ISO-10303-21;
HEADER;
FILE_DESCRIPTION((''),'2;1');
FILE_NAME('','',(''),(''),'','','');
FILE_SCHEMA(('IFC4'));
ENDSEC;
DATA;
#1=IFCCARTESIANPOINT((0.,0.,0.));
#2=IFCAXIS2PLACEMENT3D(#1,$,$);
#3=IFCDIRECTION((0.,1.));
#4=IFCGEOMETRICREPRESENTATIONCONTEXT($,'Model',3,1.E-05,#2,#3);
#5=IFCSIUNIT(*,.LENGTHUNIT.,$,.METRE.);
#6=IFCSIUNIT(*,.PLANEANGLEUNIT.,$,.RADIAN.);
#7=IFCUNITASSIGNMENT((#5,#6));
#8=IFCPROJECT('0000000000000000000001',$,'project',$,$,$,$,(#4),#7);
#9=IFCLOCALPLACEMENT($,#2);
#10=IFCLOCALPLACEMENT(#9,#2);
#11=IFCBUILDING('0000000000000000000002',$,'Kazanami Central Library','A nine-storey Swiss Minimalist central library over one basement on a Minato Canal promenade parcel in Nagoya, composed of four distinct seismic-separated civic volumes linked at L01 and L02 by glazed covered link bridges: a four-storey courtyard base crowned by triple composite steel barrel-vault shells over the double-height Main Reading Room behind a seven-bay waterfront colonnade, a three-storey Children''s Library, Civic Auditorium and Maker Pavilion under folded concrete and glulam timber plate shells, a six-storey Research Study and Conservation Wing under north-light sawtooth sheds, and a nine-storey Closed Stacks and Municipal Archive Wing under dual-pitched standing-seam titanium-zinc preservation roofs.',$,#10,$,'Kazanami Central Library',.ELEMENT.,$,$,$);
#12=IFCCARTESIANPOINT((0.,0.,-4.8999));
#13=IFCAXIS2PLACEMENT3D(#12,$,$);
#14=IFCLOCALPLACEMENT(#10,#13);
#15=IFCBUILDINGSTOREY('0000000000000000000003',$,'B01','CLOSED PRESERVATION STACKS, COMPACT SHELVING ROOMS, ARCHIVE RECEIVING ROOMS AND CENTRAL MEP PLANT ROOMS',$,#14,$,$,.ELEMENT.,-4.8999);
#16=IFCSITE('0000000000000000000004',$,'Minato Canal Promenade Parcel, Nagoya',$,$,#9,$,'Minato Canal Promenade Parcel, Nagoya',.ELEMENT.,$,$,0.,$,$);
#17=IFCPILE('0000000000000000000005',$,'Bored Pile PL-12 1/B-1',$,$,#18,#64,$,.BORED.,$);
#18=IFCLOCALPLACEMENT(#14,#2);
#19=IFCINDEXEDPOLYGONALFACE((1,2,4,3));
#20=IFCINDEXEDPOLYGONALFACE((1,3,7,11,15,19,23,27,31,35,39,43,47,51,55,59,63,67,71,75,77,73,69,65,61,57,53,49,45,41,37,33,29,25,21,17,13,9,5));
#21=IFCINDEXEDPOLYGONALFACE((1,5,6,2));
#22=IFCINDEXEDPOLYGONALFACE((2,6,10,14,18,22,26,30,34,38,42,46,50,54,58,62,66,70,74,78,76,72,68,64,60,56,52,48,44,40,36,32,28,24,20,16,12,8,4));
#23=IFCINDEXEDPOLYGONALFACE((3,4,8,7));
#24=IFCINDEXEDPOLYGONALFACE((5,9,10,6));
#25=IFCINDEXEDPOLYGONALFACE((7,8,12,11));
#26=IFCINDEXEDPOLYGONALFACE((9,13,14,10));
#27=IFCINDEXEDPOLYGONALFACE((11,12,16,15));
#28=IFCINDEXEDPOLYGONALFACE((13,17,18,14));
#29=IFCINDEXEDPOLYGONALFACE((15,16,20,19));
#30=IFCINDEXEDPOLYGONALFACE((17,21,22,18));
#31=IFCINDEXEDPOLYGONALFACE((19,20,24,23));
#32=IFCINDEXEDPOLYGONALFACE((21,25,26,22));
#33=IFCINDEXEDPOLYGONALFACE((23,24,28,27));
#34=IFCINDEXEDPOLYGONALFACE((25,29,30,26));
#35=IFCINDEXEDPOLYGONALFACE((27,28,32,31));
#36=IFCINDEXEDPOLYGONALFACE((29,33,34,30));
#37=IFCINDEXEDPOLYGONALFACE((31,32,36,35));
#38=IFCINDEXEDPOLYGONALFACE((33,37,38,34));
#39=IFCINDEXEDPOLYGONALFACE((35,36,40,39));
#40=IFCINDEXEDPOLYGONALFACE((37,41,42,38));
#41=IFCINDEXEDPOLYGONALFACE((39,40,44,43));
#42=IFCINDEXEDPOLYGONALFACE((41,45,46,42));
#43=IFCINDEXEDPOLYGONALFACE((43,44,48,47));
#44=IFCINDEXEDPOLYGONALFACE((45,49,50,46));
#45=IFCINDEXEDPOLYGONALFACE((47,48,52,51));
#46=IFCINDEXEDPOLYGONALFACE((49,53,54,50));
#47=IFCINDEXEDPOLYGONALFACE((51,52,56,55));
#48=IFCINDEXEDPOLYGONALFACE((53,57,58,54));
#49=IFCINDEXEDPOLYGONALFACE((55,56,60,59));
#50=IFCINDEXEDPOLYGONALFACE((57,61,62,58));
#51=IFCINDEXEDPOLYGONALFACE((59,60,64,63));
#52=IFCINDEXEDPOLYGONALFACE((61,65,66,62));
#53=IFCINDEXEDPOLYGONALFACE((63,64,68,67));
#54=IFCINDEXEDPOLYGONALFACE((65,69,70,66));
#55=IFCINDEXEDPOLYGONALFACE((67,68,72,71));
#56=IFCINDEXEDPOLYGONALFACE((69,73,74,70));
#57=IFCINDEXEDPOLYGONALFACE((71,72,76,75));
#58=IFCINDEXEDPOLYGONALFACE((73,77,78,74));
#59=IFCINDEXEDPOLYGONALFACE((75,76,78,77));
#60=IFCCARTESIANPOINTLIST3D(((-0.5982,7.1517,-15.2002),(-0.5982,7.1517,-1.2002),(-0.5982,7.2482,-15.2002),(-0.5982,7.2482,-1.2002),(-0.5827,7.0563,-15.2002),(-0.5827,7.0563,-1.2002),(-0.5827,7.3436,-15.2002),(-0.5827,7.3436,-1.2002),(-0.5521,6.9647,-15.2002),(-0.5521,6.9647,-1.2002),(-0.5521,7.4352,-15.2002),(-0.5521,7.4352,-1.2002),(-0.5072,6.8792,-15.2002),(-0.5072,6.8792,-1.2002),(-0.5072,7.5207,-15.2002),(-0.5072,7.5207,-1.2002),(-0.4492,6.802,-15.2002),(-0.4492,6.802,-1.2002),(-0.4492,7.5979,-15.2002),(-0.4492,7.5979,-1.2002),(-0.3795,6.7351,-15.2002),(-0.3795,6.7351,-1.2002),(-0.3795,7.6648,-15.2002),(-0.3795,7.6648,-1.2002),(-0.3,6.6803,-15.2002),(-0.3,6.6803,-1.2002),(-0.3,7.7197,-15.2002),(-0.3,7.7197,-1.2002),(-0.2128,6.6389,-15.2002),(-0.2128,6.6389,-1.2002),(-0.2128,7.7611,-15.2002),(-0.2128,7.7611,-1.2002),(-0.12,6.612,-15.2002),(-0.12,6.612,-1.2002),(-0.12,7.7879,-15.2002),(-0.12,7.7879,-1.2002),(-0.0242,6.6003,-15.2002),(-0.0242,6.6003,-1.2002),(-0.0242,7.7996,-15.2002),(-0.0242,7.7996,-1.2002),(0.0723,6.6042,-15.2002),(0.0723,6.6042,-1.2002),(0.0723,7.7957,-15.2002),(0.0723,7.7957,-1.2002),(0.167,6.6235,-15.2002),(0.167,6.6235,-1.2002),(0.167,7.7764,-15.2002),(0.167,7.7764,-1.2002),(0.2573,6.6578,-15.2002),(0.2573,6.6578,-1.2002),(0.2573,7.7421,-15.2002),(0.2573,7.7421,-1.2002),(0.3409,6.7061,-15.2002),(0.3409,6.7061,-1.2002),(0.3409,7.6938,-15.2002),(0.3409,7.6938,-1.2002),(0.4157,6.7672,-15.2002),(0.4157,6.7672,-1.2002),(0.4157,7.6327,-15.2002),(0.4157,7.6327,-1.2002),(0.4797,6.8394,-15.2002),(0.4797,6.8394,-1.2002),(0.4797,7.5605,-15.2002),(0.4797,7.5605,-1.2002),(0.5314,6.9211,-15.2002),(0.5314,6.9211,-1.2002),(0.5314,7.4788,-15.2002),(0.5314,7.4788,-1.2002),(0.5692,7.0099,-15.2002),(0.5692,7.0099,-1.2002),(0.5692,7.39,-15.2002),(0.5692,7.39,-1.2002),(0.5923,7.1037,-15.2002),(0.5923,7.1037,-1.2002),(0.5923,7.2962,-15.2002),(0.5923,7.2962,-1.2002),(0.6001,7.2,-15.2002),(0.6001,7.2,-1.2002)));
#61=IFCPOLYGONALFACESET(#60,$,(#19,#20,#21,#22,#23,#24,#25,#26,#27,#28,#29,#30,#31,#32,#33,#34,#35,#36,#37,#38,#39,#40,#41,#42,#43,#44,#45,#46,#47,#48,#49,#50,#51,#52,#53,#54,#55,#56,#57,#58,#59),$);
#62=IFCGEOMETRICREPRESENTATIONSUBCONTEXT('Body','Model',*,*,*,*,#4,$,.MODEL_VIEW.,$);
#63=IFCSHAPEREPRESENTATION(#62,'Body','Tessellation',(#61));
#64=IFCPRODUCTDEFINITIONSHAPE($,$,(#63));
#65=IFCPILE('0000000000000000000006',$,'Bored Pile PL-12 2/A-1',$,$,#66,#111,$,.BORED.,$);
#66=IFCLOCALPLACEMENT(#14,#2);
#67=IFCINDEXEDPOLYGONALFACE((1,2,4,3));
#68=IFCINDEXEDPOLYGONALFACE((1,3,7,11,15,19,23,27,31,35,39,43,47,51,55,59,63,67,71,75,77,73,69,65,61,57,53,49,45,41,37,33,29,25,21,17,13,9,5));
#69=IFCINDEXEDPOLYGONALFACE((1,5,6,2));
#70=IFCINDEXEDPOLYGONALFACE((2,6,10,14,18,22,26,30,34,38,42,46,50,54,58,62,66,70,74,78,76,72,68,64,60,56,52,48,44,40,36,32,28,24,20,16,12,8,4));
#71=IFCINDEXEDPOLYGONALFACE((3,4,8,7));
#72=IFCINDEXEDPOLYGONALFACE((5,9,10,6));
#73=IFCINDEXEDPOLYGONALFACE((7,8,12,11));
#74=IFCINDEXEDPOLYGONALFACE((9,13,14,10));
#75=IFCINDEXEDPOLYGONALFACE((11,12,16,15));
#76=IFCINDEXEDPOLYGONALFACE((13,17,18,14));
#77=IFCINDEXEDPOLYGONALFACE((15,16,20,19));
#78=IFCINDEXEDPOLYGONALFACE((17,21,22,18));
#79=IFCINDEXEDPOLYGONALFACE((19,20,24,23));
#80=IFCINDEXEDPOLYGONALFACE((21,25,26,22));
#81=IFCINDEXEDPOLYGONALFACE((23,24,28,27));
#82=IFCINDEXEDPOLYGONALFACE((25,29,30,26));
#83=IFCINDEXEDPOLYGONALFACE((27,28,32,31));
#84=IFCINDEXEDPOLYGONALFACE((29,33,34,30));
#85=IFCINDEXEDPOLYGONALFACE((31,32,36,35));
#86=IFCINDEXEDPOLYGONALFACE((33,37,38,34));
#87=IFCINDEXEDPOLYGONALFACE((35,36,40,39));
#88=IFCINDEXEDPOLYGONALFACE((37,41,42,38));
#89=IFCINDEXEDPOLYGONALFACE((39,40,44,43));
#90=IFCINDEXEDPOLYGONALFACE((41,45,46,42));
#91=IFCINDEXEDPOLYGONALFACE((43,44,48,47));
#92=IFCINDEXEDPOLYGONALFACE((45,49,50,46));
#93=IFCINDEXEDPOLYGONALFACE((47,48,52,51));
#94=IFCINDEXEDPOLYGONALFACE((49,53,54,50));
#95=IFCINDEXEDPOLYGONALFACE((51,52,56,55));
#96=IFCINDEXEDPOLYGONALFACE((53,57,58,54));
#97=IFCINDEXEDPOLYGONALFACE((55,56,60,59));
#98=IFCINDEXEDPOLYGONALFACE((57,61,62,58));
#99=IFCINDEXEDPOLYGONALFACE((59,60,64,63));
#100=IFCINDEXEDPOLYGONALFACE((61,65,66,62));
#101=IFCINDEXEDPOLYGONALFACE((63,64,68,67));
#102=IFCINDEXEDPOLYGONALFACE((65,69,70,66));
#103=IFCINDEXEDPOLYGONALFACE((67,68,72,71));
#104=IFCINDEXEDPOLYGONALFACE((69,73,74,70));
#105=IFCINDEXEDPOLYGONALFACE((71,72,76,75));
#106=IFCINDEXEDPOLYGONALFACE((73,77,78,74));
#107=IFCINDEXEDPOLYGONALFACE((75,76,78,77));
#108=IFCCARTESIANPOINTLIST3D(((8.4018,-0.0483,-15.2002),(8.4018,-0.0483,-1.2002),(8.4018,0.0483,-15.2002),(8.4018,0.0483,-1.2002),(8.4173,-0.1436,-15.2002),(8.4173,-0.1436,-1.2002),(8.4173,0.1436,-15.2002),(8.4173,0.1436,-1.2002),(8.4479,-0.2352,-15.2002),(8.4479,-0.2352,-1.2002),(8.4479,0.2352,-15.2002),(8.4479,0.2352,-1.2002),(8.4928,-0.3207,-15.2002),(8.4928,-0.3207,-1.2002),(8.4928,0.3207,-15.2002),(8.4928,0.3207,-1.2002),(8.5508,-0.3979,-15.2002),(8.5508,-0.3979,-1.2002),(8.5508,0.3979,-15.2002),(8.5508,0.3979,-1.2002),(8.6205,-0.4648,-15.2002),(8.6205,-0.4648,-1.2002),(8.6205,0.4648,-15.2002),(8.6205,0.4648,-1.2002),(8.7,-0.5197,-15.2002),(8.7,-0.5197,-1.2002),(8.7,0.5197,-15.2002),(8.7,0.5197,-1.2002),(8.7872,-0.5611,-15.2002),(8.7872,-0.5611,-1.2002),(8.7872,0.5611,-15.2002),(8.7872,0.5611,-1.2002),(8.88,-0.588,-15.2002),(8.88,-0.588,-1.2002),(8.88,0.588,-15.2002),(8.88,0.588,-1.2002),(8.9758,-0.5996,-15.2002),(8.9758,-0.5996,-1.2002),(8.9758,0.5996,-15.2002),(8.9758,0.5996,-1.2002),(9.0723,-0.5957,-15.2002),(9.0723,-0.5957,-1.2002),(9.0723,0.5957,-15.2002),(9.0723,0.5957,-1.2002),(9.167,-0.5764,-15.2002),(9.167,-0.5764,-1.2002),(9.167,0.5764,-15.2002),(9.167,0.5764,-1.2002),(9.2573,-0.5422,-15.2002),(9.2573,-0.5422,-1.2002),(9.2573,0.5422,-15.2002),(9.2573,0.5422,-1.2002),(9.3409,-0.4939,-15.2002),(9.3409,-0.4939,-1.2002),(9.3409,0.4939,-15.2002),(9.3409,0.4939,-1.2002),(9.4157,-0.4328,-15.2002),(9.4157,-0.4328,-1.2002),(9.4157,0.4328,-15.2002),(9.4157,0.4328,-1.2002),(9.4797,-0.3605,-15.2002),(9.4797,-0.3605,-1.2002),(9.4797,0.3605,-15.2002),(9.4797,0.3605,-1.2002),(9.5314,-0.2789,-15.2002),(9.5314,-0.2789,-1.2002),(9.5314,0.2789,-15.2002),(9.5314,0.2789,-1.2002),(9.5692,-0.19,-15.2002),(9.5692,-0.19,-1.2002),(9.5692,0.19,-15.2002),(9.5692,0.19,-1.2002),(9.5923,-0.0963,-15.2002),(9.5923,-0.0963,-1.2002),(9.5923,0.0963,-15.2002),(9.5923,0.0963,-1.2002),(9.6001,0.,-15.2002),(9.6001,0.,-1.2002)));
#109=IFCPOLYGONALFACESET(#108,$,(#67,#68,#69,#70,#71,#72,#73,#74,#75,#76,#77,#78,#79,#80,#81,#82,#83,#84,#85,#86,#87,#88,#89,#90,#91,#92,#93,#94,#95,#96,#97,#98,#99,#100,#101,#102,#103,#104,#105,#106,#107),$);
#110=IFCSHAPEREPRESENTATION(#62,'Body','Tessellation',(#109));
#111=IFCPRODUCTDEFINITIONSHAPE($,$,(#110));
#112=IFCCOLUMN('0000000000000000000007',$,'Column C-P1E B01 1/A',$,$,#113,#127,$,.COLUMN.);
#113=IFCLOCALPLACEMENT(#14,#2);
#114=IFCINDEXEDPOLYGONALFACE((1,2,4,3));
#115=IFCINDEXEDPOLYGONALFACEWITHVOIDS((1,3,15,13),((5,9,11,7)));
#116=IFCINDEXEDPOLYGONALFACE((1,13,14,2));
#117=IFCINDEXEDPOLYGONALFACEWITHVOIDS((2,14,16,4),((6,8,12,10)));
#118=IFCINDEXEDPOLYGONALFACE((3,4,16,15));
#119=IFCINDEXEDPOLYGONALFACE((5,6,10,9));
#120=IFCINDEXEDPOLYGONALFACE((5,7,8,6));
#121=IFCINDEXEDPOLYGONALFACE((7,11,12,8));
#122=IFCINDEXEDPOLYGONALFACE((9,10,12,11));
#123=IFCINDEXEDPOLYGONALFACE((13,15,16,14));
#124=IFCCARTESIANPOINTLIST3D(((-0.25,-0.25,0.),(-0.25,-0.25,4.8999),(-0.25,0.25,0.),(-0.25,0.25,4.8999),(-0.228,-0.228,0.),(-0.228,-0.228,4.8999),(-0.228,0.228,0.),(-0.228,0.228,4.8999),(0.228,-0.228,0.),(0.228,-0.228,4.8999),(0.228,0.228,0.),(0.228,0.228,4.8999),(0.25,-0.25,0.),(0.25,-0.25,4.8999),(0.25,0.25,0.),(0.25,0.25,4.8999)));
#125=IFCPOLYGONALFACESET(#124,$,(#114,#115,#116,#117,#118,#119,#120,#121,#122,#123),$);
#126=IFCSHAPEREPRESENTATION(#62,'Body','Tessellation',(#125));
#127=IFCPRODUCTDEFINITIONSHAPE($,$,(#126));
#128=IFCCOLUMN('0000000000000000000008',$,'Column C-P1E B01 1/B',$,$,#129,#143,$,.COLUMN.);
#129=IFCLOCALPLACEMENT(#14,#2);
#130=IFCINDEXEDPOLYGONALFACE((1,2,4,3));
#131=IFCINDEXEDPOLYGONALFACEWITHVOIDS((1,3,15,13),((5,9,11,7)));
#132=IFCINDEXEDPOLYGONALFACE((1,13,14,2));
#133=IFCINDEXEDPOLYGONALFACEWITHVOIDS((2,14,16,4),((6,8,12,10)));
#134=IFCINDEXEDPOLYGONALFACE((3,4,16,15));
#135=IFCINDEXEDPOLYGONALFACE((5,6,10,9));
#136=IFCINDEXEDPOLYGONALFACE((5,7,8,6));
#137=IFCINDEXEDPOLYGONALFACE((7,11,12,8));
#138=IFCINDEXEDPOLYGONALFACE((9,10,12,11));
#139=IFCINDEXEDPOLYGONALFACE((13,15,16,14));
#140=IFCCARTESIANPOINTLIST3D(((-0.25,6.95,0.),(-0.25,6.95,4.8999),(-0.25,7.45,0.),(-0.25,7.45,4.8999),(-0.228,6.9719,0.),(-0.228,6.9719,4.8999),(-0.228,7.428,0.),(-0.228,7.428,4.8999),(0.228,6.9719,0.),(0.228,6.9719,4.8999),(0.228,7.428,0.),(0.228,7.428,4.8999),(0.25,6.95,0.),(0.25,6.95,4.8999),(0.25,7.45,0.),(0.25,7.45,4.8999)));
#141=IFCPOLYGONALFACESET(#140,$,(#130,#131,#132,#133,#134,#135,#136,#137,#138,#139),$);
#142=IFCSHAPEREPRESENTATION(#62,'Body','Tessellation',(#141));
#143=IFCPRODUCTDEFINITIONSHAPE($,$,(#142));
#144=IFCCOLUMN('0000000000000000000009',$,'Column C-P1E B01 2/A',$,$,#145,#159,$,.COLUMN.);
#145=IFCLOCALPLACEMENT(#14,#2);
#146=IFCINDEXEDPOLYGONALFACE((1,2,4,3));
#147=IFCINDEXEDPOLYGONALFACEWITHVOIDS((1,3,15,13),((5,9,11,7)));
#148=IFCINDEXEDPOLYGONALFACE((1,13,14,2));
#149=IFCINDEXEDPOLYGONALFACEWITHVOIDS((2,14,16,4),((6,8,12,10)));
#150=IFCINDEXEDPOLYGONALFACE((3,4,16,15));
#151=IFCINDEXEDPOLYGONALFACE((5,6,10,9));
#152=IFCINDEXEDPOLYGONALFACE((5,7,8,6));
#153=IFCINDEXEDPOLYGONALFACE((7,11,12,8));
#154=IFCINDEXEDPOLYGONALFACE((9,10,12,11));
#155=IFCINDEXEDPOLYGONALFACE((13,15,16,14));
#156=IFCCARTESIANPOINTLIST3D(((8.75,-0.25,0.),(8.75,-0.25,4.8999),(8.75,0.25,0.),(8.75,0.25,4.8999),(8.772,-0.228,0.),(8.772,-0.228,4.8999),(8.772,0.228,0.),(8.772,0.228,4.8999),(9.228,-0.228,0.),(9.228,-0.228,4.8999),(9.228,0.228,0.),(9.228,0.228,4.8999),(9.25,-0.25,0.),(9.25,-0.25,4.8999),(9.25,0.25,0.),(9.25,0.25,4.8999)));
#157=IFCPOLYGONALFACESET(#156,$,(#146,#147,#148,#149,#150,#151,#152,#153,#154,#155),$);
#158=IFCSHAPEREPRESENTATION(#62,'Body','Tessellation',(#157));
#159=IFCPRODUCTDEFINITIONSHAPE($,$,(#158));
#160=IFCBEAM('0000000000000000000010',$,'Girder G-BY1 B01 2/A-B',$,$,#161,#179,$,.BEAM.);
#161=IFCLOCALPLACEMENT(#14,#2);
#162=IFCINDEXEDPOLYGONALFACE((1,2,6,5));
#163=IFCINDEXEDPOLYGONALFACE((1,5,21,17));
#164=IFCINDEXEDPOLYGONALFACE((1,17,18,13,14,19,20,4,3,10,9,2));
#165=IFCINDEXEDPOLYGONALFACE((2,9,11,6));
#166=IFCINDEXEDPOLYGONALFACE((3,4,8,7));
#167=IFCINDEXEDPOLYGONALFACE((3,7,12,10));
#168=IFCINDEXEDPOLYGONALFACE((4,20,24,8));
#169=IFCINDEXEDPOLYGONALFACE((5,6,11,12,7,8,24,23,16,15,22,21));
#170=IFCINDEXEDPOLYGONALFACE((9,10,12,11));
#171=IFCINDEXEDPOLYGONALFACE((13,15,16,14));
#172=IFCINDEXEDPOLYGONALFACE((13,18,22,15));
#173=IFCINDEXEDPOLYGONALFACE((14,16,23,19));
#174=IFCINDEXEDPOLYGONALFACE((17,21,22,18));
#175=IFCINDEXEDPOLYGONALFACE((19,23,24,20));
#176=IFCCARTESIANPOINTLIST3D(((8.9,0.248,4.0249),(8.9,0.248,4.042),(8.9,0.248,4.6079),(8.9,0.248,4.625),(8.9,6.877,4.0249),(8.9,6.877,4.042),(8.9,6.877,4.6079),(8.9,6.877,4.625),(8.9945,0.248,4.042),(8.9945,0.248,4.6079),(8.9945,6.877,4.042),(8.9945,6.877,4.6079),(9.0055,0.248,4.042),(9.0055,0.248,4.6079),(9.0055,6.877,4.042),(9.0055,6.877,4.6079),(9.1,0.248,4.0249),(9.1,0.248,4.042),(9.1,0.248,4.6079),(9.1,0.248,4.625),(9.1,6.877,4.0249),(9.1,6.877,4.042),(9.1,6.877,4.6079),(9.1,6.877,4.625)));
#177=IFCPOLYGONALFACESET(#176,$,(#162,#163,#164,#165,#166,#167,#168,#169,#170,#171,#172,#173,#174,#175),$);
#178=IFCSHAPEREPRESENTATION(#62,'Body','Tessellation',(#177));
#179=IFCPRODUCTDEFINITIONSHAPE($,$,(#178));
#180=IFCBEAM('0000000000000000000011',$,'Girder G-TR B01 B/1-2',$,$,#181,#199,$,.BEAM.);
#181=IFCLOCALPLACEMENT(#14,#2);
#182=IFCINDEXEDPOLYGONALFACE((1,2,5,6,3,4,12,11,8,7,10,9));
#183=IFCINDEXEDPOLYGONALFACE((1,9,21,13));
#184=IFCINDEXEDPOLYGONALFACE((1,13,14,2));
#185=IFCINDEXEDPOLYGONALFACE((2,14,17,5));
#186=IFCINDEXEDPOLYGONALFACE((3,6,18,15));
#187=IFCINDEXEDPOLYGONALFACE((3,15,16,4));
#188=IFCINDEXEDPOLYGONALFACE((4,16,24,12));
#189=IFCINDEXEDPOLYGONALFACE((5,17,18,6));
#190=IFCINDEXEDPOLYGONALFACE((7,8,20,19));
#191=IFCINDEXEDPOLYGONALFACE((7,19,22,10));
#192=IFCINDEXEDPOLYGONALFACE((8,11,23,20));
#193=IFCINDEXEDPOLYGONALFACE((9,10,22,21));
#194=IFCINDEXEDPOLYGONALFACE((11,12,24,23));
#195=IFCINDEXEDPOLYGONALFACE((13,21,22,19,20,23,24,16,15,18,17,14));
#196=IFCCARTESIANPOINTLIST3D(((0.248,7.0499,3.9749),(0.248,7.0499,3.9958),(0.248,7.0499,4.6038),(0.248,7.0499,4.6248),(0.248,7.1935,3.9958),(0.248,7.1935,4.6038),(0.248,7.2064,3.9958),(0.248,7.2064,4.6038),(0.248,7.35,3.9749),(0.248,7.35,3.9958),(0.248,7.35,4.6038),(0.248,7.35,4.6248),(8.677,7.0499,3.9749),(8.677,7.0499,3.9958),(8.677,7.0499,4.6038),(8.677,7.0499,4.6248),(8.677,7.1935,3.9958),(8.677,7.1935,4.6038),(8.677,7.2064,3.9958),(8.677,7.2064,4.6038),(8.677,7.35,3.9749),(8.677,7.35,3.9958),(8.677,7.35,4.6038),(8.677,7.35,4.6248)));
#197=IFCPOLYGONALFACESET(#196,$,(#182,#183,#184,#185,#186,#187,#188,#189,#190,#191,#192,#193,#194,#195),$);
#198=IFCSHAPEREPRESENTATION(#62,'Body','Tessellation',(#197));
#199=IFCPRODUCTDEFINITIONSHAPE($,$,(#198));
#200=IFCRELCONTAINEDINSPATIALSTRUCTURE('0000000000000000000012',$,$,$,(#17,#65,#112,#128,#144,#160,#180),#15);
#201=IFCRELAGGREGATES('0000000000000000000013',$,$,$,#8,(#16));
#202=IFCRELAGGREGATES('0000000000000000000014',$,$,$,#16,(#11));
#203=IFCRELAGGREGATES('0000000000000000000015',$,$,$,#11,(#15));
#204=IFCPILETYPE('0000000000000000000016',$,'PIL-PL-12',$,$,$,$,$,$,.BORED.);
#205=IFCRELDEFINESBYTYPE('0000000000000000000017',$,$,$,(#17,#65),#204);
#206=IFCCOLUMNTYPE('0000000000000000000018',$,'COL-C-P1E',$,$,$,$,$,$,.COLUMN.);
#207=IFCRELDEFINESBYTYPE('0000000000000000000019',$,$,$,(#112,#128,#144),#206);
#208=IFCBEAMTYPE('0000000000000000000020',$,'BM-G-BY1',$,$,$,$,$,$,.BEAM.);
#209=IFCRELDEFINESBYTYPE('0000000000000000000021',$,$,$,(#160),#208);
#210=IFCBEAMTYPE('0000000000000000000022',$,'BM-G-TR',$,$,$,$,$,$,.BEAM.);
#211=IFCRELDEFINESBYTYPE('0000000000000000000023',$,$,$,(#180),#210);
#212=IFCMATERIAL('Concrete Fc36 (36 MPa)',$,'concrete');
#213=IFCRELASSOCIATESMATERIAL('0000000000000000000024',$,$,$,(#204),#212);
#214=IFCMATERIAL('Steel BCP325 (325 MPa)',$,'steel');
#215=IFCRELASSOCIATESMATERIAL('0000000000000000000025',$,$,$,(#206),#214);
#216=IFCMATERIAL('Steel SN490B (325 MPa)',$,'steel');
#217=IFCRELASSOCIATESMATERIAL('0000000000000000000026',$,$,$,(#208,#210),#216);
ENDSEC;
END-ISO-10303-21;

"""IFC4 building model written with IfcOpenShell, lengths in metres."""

from ifc_helpers import new_model, si_unit, direction, frame, origin, origin_2d, place, context, subcontext, project, spatial, hollow_rectangle, circle, i_section, extrude, material, material_profile, profile_set, type_object, element, save


model = new_model("IFC4")

# Units and contexts
model_context = context("Model", 3, precision=1e-05, world=origin(), true_north=direction((0.0, 1.0)))
body_context = subcontext(model_context, "Body", "Model", "MODEL_VIEW")
ifc_project = project(units=[si_unit("LENGTHUNIT", "METRE"), si_unit("PLANEANGLEUNIT", "RADIAN")], contexts=[model_context])

# Site, building, storey
site_placement = place(None, origin())
site = spatial("IfcSite", under=ifc_project, at=site_placement, Name="Minato Canal Promenade Parcel, Nagoya", LongName="Minato Canal Promenade Parcel, Nagoya", CompositionType="ELEMENT", RefElevation=0.0)
building_placement = place(site_placement, origin())
building = spatial("IfcBuilding", under=site, at=building_placement, Name="Kazanami Central Library", Description="A nine-storey Swiss Minimalist central library over one basement on a Minato Canal promenade parcel in Nagoya, composed of four distinct seismic-separated civic volumes linked at L01 and L02 by glazed covered link bridges: a four-storey courtyard base crowned by triple composite steel barrel-vault shells over the double-height Main Reading Room behind a seven-bay waterfront colonnade, a three-storey Children's Library, Civic Auditorium and Maker Pavilion under folded concrete and glulam timber plate shells, a six-storey Research Study and Conservation Wing under north-light sawtooth sheds, and a nine-storey Closed Stacks and Municipal Archive Wing under dual-pitched standing-seam titanium-zinc preservation roofs.", LongName="Kazanami Central Library", CompositionType="ELEMENT")
storey_placement = place(building_placement, frame((0.0, 0.0, -4.8999)))
storey = spatial("IfcBuildingStorey", under=building, at=storey_placement, Name="B01", Description="CLOSED PRESERVATION STACKS, COMPACT SHELVING ROOMS, ARCHIVE RECEIVING ROOMS AND CENTRAL MEP PLANT ROOMS", CompositionType="ELEMENT", Elevation=-4.8999)

# Shared definitions
ifc_material_1 = material(Name="Concrete Fc36 (36 MPa)", Category="concrete")

# Piles
ifc_material_profile_1 = material_profile(ifc_material_1, circle(Radius=0.6001, at=origin_2d()), Name="BORED-D1200")
ifc_profile_set_1 = profile_set([ifc_material_profile_1], Name="Concrete Fc36 (36 MPa)")
pile_type = type_object("IfcPileType", Name="PIL-PL-12", PredefinedType="BORED", material=ifc_profile_set_1)
for number, where, z_axis, x_axis, name in (
    (1, (0.0, 7.2, -1.2002), (0.0, 0.0, -1.0), (1.0, 0.0, 0.0), "Bored Pile PL-12 1/B-1"),
    (2, (9.0, 0.0, -1.2002), (0.0, 0.0, -1.0), (1.0, 0.0, 0.0), "Bored Pile PL-12 2/A-1"),
):
    element("IfcPile", number, at=place(storey_placement, frame(where, z_axis=z_axis, x_axis=x_axis)), inside=storey, type_object=pile_type, Name=name, PredefinedType="BORED", context=body_context, shape_type="SweptSolid", body=[
        extrude(circle(Radius=0.6001, at=origin_2d()), origin(), (0.0, 0.0, 1.0), 14.0),
    ])

# Columns
ifc_material_2 = material(Name="Steel BCP325 (325 MPa)", Category="steel")
ifc_material_profile_2 = material_profile(ifc_material_2, hollow_rectangle(XDim=0.5, YDim=0.5, WallThickness=0.022, at=origin_2d()), Name="BCP-500x500x22")
ifc_profile_set_2 = profile_set([ifc_material_profile_2], Name="Steel BCP325 (325 MPa)")
column_type = type_object("IfcColumnType", Name="COL-C-P1E", PredefinedType="COLUMN", material=ifc_profile_set_2)
for number, where, z_axis, x_axis, name in (
    (3, (0.0, 0.0, 0.0), (0.0, 0.0, 1.0), (1.0, 0.0, 0.0), "Column C-P1E B01 1/A"),
    (4, (0.0, 7.2, 0.0), (0.0, 0.0, 1.0), (1.0, 0.0, 0.0), "Column C-P1E B01 1/B"),
    (5, (9.0, 0.0, 0.0), (0.0, 0.0, 1.0), (1.0, 0.0, 0.0), "Column C-P1E B01 2/A"),
):
    element("IfcColumn", number, at=place(storey_placement, frame(where, z_axis=z_axis, x_axis=x_axis)), inside=storey, type_object=column_type, Name=name, PredefinedType="COLUMN", context=body_context, shape_type="SweptSolid", body=[
        extrude(hollow_rectangle(XDim=0.5, YDim=0.5, WallThickness=0.022, at=origin_2d()), origin(), (0.0, 0.0, 1.0), 4.8999),
    ])

# Beams
ifc_material_3 = material(Name="Steel SN490B (325 MPa)", Category="steel")
ifc_material_profile_3 = material_profile(ifc_material_3, i_section(OverallWidth=0.2, OverallDepth=0.6001, WebThickness=0.011, FlangeThickness=0.0171, at=origin_2d()), Name="H-600x200x11x17")
ifc_profile_set_3 = profile_set([ifc_material_profile_3], Name="Steel SN490B (325 MPa)")
beam_type_1 = type_object("IfcBeamType", Name="BM-G-BY1", PredefinedType="BEAM", material=ifc_profile_set_3)
beam_1_placement = place(storey_placement, frame((9.0, 0.248, 4.325), z_axis=(0.0, 1.0, 0.0), x_axis=(-1.0, 0.0, 0.0)))
element("IfcBeam", 6, at=beam_1_placement, inside=storey, type_object=beam_type_1, Name="Girder G-BY1 B01 2/A-B", PredefinedType="BEAM", context=body_context, shape_type="SweptSolid", body=[
    extrude(i_section(OverallWidth=0.2, OverallDepth=0.6001, WebThickness=0.011, FlangeThickness=0.0171, at=origin_2d()), origin(), (0.0, 0.0, 1.0), 6.6289),
])
ifc_material_profile_4 = material_profile(ifc_material_3, i_section(OverallWidth=0.3, OverallDepth=0.6499, WebThickness=0.0129, FlangeThickness=0.021, at=origin_2d()), Name="H-650x300x13x21")
ifc_profile_set_4 = profile_set([ifc_material_profile_4], Name="Steel SN490B (325 MPa)")
beam_type_2 = type_object("IfcBeamType", Name="BM-G-TR", PredefinedType="BEAM", material=ifc_profile_set_4)
beam_2_placement = place(storey_placement, frame((0.248, 7.2, 4.2998), z_axis=(1.0, 0.0, 0.0), x_axis=(0.0, 1.0, 0.0)))
element("IfcBeam", 7, at=beam_2_placement, inside=storey, type_object=beam_type_2, Name="Girder G-TR B01 B/1-2", PredefinedType="BEAM", context=body_context, shape_type="SweptSolid", body=[
    extrude(i_section(OverallWidth=0.3, OverallDepth=0.6499, WebThickness=0.0129, FlangeThickness=0.021, at=origin_2d()), origin(), (0.0, 0.0, 1.0), 8.429),
])

save(model, "model.ifc")
